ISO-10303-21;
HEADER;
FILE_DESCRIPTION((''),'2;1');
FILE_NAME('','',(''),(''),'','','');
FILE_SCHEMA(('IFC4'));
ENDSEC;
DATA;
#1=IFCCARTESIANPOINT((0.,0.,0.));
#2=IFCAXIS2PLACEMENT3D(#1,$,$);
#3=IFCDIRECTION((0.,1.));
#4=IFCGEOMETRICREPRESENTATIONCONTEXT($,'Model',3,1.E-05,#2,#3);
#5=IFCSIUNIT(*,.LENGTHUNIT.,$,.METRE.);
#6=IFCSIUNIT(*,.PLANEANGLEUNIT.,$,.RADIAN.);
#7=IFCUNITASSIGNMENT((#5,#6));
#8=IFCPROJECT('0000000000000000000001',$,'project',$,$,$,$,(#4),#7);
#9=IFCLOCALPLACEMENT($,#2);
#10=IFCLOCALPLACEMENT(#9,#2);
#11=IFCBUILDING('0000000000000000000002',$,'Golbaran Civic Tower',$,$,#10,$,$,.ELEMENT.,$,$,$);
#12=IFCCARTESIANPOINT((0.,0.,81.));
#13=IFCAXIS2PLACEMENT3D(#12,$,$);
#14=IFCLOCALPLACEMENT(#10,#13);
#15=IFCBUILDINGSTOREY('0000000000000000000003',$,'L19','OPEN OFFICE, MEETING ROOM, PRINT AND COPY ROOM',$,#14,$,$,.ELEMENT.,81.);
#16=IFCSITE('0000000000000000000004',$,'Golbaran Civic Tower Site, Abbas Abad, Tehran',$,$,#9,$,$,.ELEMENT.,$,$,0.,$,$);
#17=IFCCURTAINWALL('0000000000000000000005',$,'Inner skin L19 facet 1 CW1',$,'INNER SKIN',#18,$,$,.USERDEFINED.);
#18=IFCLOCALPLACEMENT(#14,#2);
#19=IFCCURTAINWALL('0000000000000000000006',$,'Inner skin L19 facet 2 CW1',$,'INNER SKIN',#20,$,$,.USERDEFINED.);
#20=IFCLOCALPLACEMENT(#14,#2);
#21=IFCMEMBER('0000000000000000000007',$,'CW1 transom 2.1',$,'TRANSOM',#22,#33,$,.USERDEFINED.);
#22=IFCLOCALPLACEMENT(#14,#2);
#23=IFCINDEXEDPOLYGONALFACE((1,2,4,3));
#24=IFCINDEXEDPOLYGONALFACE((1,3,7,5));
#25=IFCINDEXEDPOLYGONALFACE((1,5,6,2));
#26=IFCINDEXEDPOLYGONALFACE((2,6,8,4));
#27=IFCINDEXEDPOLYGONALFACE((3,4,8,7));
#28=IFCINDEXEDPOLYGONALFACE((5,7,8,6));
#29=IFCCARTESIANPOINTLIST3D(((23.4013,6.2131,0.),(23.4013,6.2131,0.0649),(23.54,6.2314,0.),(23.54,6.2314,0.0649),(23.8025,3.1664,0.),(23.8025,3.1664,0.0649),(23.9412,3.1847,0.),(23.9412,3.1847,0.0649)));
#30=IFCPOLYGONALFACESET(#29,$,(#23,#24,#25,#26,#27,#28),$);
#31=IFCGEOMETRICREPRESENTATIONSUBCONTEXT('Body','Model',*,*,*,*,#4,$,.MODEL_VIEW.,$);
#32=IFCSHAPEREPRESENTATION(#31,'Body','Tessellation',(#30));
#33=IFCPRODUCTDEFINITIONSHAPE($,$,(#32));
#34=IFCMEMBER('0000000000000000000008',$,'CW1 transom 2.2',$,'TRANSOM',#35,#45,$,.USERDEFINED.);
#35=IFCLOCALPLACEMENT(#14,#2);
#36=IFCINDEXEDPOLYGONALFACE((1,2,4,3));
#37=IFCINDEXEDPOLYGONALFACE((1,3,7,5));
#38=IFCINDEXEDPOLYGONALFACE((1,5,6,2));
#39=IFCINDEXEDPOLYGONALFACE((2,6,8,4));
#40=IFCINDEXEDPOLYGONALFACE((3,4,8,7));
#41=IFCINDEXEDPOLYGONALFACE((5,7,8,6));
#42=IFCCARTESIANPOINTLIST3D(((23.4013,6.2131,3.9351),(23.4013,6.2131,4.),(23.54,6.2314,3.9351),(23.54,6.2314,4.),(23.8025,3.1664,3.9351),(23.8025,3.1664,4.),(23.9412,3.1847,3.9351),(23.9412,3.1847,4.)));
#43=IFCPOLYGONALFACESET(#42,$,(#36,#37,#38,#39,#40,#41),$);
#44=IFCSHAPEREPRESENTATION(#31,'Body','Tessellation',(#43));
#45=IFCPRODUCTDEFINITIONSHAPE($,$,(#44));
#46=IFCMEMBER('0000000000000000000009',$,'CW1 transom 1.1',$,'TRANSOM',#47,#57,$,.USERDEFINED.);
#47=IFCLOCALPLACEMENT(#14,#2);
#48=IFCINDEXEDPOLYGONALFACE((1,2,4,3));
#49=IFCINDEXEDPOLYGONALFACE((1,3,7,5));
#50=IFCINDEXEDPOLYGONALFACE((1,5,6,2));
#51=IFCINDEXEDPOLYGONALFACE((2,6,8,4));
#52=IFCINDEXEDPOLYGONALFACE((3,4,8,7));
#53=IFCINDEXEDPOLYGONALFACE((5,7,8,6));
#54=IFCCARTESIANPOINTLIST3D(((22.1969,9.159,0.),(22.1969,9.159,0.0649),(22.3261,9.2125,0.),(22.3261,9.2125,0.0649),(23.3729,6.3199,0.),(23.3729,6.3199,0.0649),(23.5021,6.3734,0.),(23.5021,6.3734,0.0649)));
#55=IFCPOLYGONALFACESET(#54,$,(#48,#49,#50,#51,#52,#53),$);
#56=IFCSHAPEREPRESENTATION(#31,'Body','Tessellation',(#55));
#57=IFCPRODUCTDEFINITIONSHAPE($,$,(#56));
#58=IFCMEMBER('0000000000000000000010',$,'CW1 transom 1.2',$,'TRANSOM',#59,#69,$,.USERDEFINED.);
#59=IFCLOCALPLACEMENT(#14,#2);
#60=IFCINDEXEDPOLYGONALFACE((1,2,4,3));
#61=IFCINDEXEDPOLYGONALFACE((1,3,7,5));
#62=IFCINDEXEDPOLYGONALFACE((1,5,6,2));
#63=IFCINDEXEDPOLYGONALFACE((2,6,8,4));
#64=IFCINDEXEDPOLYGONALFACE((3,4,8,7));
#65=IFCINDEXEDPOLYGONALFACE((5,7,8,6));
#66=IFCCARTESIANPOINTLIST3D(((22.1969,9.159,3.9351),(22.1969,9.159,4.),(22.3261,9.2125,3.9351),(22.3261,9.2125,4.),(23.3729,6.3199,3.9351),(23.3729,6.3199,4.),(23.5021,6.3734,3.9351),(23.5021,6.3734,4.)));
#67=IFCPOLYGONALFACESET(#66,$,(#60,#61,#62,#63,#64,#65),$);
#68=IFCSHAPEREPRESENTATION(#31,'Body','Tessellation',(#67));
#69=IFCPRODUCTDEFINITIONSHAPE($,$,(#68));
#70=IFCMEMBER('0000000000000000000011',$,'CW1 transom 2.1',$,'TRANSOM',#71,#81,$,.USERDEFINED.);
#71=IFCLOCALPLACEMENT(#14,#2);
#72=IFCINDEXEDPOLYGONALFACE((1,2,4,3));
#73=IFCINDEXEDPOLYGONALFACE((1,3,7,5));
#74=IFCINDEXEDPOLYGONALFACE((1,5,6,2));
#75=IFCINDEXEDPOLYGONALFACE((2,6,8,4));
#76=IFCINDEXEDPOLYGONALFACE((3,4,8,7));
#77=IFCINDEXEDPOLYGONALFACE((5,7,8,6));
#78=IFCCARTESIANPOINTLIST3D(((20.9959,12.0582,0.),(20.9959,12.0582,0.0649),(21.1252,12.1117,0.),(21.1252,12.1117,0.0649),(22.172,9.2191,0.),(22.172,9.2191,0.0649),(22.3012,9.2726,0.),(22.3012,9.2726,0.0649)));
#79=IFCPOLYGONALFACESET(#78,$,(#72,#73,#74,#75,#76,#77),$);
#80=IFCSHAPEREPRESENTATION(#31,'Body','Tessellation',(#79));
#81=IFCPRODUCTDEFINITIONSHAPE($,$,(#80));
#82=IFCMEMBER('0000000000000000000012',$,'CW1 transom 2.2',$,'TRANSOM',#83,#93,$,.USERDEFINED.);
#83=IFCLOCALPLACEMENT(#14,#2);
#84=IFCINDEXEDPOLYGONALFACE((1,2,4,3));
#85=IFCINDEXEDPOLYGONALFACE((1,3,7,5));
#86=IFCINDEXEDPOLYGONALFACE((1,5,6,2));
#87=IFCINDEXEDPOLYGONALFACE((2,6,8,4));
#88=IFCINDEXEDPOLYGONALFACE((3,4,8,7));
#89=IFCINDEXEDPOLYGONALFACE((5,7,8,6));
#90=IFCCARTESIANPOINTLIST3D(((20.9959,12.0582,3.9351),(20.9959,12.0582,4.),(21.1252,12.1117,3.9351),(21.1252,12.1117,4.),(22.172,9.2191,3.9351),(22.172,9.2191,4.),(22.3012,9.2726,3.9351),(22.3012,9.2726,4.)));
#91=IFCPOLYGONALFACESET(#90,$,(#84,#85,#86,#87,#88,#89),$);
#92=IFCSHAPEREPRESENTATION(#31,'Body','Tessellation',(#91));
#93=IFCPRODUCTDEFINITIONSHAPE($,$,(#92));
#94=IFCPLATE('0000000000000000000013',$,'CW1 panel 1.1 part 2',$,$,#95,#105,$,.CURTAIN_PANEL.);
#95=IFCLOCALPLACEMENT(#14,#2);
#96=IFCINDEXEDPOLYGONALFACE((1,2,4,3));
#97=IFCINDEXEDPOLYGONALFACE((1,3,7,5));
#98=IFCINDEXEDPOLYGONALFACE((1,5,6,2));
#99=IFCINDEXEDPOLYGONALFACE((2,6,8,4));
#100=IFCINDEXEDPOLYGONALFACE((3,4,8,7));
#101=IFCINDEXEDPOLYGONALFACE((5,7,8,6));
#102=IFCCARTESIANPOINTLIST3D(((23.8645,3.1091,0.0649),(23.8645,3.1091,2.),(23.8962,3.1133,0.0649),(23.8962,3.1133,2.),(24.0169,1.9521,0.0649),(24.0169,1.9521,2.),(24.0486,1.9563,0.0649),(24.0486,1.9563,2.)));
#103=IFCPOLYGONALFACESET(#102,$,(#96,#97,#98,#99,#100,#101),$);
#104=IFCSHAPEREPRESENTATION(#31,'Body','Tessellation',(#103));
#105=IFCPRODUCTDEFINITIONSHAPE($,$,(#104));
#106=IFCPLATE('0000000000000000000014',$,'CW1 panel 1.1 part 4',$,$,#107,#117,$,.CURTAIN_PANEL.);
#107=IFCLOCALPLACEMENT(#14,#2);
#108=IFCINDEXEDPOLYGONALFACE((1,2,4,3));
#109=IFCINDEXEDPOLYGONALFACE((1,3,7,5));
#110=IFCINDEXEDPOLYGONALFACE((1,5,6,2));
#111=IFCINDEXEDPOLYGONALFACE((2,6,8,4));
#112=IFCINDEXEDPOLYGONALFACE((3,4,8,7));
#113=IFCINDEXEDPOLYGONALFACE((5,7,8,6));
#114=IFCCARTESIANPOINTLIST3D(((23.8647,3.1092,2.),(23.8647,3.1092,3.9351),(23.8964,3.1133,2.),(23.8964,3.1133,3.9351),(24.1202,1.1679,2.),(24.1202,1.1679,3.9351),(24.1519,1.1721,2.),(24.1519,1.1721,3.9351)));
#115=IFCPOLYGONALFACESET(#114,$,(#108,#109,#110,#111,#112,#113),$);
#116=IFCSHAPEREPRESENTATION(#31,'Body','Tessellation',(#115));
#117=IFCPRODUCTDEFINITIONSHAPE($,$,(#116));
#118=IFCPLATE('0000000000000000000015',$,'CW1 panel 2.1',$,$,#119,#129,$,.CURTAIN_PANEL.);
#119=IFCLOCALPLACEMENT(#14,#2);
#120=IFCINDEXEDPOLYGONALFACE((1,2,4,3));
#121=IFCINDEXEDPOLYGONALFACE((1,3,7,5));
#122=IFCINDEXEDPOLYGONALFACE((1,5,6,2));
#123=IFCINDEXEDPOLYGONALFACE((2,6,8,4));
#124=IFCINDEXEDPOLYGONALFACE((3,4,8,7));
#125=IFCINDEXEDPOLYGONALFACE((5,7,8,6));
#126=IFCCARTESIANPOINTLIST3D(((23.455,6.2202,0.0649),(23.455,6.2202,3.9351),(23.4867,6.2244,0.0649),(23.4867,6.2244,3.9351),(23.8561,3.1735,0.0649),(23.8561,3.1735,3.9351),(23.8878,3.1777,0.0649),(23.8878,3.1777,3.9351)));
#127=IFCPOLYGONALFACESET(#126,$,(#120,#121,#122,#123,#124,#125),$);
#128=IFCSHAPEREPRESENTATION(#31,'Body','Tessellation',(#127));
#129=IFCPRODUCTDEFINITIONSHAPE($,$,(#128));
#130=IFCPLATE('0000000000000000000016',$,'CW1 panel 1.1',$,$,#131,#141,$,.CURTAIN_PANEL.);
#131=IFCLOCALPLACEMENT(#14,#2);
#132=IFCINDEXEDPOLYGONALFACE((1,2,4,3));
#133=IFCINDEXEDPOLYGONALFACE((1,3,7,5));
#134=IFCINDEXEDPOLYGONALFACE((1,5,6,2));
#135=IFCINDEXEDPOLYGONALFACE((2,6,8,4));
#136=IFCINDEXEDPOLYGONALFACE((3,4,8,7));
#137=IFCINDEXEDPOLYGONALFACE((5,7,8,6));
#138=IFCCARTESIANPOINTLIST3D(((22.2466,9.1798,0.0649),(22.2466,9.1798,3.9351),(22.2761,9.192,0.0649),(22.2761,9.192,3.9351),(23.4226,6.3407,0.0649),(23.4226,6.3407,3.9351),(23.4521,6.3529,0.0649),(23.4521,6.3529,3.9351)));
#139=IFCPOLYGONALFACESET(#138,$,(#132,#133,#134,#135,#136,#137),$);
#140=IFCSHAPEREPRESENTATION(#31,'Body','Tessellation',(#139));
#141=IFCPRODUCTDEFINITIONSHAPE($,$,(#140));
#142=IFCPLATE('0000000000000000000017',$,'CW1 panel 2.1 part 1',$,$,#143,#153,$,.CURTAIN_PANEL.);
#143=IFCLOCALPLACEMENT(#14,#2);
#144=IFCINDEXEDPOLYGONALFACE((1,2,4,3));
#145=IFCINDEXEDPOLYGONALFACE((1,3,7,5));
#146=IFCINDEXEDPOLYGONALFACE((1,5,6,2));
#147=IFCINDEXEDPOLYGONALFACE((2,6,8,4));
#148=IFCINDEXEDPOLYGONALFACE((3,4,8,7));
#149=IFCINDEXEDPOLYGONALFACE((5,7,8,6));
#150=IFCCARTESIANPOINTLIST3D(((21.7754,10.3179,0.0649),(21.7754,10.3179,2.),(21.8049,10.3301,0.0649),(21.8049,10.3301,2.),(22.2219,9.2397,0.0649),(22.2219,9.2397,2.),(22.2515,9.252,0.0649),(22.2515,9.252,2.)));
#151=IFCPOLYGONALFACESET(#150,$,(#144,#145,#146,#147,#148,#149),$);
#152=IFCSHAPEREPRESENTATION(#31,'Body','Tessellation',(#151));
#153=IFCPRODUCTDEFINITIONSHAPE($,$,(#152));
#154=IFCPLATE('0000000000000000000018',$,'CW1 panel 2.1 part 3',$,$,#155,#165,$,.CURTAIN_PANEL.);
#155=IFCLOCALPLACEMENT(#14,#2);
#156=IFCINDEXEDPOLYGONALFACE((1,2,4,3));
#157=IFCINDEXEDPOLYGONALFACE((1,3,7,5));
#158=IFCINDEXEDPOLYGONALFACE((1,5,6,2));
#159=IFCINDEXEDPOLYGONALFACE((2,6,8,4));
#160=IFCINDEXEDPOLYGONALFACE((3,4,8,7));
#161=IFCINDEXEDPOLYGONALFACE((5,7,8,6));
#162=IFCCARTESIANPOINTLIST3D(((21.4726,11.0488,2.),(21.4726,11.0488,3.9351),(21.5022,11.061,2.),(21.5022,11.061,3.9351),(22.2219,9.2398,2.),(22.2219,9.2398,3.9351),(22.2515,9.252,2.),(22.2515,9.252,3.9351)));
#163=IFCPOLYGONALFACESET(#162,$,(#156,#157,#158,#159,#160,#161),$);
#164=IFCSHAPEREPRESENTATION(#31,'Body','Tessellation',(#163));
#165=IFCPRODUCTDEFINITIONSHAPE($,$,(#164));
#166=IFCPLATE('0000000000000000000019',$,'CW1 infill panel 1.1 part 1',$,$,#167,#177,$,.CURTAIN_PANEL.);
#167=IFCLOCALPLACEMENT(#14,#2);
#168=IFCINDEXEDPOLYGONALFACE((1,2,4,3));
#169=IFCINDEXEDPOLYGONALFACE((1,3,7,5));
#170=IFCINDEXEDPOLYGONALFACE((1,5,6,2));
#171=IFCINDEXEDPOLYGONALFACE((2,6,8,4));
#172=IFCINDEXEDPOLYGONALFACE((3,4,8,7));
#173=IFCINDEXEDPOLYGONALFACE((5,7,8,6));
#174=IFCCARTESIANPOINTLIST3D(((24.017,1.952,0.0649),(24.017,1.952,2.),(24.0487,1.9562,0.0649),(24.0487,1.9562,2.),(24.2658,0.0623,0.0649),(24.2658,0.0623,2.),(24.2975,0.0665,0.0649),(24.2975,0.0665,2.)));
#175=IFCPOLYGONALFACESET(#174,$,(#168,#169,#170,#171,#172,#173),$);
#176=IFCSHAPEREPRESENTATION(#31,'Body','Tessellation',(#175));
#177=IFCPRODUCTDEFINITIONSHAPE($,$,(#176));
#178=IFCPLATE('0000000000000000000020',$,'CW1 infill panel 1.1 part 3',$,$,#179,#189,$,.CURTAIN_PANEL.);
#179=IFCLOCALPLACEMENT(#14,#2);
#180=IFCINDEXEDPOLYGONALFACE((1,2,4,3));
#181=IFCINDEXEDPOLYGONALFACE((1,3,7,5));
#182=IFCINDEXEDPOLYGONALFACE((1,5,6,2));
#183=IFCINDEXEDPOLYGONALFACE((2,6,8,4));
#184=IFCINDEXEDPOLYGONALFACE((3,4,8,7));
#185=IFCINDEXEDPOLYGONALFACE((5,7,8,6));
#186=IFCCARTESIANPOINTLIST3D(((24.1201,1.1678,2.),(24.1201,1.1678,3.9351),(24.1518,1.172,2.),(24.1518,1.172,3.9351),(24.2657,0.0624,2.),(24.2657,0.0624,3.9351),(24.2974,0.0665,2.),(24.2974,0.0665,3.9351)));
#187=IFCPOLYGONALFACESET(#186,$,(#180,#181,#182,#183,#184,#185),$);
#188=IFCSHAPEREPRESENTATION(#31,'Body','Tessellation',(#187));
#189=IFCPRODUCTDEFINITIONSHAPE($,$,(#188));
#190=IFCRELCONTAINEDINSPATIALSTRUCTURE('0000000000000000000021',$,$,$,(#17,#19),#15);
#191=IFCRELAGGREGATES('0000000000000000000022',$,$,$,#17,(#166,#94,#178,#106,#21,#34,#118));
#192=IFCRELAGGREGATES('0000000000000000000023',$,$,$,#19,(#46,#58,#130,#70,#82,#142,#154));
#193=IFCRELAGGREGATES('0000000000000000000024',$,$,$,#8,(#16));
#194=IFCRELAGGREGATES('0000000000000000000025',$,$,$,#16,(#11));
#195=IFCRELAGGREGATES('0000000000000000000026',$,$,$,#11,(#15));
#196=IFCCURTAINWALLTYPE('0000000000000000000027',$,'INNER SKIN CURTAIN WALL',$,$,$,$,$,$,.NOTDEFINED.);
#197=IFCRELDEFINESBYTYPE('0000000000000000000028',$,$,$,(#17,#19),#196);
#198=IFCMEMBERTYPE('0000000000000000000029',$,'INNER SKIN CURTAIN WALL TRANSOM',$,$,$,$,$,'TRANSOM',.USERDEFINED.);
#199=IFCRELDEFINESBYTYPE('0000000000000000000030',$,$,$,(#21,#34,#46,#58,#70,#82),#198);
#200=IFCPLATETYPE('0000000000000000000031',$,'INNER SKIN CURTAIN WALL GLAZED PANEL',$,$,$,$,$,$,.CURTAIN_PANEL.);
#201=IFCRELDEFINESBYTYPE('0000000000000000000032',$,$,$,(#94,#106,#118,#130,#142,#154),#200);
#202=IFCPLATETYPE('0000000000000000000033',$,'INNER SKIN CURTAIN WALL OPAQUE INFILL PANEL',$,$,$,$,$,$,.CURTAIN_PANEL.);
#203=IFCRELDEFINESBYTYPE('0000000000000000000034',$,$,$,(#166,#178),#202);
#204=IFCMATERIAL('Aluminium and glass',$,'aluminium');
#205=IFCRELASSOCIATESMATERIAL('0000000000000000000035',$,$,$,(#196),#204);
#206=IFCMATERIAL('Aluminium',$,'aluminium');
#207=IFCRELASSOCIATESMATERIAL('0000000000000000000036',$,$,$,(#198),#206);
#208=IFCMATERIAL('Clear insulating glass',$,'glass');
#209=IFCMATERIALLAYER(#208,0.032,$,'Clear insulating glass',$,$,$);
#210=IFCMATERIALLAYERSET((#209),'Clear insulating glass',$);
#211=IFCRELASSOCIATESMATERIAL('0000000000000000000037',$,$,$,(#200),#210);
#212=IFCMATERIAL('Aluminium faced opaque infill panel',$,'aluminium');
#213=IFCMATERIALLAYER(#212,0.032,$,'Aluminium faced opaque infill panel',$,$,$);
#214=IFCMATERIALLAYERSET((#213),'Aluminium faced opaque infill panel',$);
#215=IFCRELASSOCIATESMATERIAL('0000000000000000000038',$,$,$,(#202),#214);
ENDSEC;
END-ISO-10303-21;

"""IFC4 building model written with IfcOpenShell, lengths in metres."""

from ifc_helpers import new_model, si_unit, direction, frame, origin, origin_2d, place, context, subcontext, project, spatial, rectangle, extrude, material, layer, layer_set, material_profile, profile_set, type_object, element, aggregate, save


model = new_model("IFC4")

# Units and contexts
model_context = context("Model", 3, precision=1e-05, world=origin(), true_north=direction((0.0, 1.0)))
body_context = subcontext(model_context, "Body", "Model", "MODEL_VIEW")
ifc_project = project(units=[si_unit("LENGTHUNIT", "METRE"), si_unit("PLANEANGLEUNIT", "RADIAN")], contexts=[model_context])

# Site, building, storey
site_placement = place(None, origin())
site = spatial("IfcSite", under=ifc_project, at=site_placement, Name="Golbaran Civic Tower Site, Abbas Abad, Tehran", CompositionType="ELEMENT", RefElevation=0.0)
building_placement = place(site_placement, origin())
building = spatial("IfcBuilding", under=site, at=building_placement, Name="Golbaran Civic Tower", CompositionType="ELEMENT")
storey_placement = place(building_placement, frame((0.0, 0.0, 81.0)))
storey = spatial("IfcBuildingStorey", under=building, at=storey_placement, Name="L19", Description="OPEN OFFICE, MEETING ROOM, PRINT AND COPY ROOM", CompositionType="ELEMENT", Elevation=81.0)

# Curtain walls
ifc_material_1 = material(Name="Aluminium and glass", Category="aluminium")
curtain_wall_type = type_object("IfcCurtainWallType", Name="INNER SKIN CURTAIN WALL", PredefinedType="NOTDEFINED", material=ifc_material_1)
curtain_wall_1_placement = place(storey_placement, origin())
curtain_wall_1 = element("IfcCurtainWall", 1, at=curtain_wall_1_placement, inside=storey, type_object=curtain_wall_type, Name="Inner skin L19 facet 1 CW1", ObjectType="INNER SKIN", PredefinedType="USERDEFINED")
ifc_material_2 = material(Name="Aluminium", Category="aluminium")
curtain_wall_2_placement = place(storey_placement, origin())
curtain_wall_2 = element("IfcCurtainWall", 2, at=curtain_wall_2_placement, inside=storey, type_object=curtain_wall_type, Name="Inner skin L19 facet 2 CW1", ObjectType="INNER SKIN", PredefinedType="USERDEFINED")

# Members
ifc_material_profile_1 = material_profile(ifc_material_2, rectangle(XDim=0.1399, YDim=0.0649, at=origin_2d()), Name="INNER SKIN CURTAIN WALL TRANSOM")
ifc_profile_set_1 = profile_set([ifc_material_profile_1], Name="Aluminium")
member_type_1 = type_object("IfcMemberType", Name="INNER SKIN CURTAIN WALL TRANSOM", ElementType="TRANSOM", PredefinedType="USERDEFINED", material=ifc_profile_set_1)
member_1_placement = place(storey_placement, frame((23.8718, 3.1755, 0.0325), z_axis=(-0.130535, 0.991444, 0.0), x_axis=(-0.991444, -0.130535, 0.0)))
member_1 = element("IfcMember", 3, at=member_1_placement, type_object=member_type_1, Name="CW1 transom 2.1", ObjectType="TRANSOM", PredefinedType="USERDEFINED", context=body_context, shape_type="SweptSolid", body=[
    extrude(rectangle(XDim=0.1399, YDim=0.0649, at=origin_2d()), origin(), (0.0, 0.0, 1.0), 3.073),
])
member_2_placement = place(storey_placement, frame((23.8718, 3.1755, 3.9675), z_axis=(-0.130535, 0.991444, 0.0), x_axis=(-0.991444, -0.130535, 0.0)))
member_2 = element("IfcMember", 4, at=member_2_placement, type_object=member_type_1, Name="CW1 transom 2.2", ObjectType="TRANSOM", PredefinedType="USERDEFINED", context=body_context, shape_type="SweptSolid", body=[
    extrude(rectangle(XDim=0.1399, YDim=0.0649, at=origin_2d()), origin(), (0.0, 0.0, 1.0), 3.073),
])
member_3_placement = place(storey_placement, frame((23.4375, 6.3467, 0.0325), z_axis=(-0.382691, 0.923876, 0.0), x_axis=(-0.923876, -0.382691, 0.0)))
member_3 = element("IfcMember", 5, at=member_3_placement, type_object=member_type_1, Name="CW1 transom 1.1", ObjectType="TRANSOM", PredefinedType="USERDEFINED", context=body_context, shape_type="SweptSolid", body=[
    extrude(rectangle(XDim=0.1399, YDim=0.0649, at=origin_2d()), origin(), (0.0, 0.0, 1.0), 3.073),
])
member_4_placement = place(storey_placement, frame((23.4375, 6.3467, 3.9675), z_axis=(-0.382691, 0.923876, 0.0), x_axis=(-0.923876, -0.382691, 0.0)))
member_4 = element("IfcMember", 6, at=member_4_placement, type_object=member_type_1, Name="CW1 transom 1.2", ObjectType="TRANSOM", PredefinedType="USERDEFINED", context=body_context, shape_type="SweptSolid", body=[
    extrude(rectangle(XDim=0.1399, YDim=0.0649, at=origin_2d()), origin(), (0.0, 0.0, 1.0), 3.073),
])
member_5_placement = place(storey_placement, frame((22.2366, 9.2458, 0.0325), z_axis=(-0.382691, 0.923876, 0.0), x_axis=(-0.923876, -0.382691, 0.0)))
member_5 = element("IfcMember", 7, at=member_5_placement, type_object=member_type_1, Name="CW1 transom 2.1", ObjectType="TRANSOM", PredefinedType="USERDEFINED", context=body_context, shape_type="SweptSolid", body=[
    extrude(rectangle(XDim=0.1399, YDim=0.0649, at=origin_2d()), origin(), (0.0, 0.0, 1.0), 3.073),
])
member_6_placement = place(storey_placement, frame((22.2366, 9.2458, 3.9675), z_axis=(-0.382691, 0.923876, 0.0), x_axis=(-0.923876, -0.382691, 0.0)))
member_6 = element("IfcMember", 8, at=member_6_placement, type_object=member_type_1, Name="CW1 transom 2.2", ObjectType="TRANSOM", PredefinedType="USERDEFINED", context=body_context, shape_type="SweptSolid", body=[
    extrude(rectangle(XDim=0.1399, YDim=0.0649, at=origin_2d()), origin(), (0.0, 0.0, 1.0), 3.073),
])

# Plates
ifc_material_3 = material(Name="Clear insulating glass", Category="glass")
ifc_layer_1 = layer(ifc_material_3, 0.032, Name="Clear insulating glass")
ifc_layer_set_1 = layer_set([ifc_layer_1], Name="Clear insulating glass")
plate_type_1 = type_object("IfcPlateType", Name="INNER SKIN CURTAIN WALL GLAZED PANEL", PredefinedType="CURTAIN_PANEL", material=ifc_layer_set_1)
plate_1_placement = place(storey_placement, frame((23.9565, 2.5327, 0.0649), z_axis=(0.0, 0.0, 1.0), x_axis=(-0.130526, 0.991445, 0.0)))
plate_1 = element("IfcPlate", 9, at=plate_1_placement, type_object=plate_type_1, Name="CW1 panel 1.1 part 2", PredefinedType="CURTAIN_PANEL", context=body_context, shape_type="SweptSolid", body=[
    extrude(rectangle(XDim=1.167, YDim=0.032, at=origin_2d()), origin(), (0.0, 0.0, 1.0), 1.9351),
])
plate_2_placement = place(storey_placement, frame((24.0083, 2.1406, 2.0), z_axis=(0.0, 0.0, 1.0), x_axis=(-0.130526, 0.991445, 0.0)))
plate_2 = element("IfcPlate", 10, at=plate_2_placement, type_object=plate_type_1, Name="CW1 panel 1.1 part 4", PredefinedType="CURTAIN_PANEL", context=body_context, shape_type="SweptSolid", body=[
    extrude(rectangle(XDim=1.958, YDim=0.032, at=origin_2d()), origin(), (0.0, 0.0, 1.0), 1.9351),
])
plate_3_placement = place(storey_placement, frame((23.6714, 4.699, 0.0649), z_axis=(0.0, 0.0, 1.0), x_axis=(-0.130526, 0.991445, 0.0)))
plate_3 = element("IfcPlate", 11, at=plate_3_placement, type_object=plate_type_1, Name="CW1 panel 2.1", PredefinedType="CURTAIN_PANEL", context=body_context, shape_type="SweptSolid", body=[
    extrude(rectangle(XDim=3.073, YDim=0.032, at=origin_2d()), origin(), (0.0, 0.0, 1.0), 3.8701),
])
plate_4_placement = place(storey_placement, frame((22.8494, 7.7664, 0.0649), z_axis=(0.0, 0.0, 1.0), x_axis=(-0.382683, 0.92388, 0.0)))
plate_4 = element("IfcPlate", 12, at=plate_4_placement, type_object=plate_type_1, Name="CW1 panel 1.1", PredefinedType="CURTAIN_PANEL", context=body_context, shape_type="SweptSolid", body=[
    extrude(rectangle(XDim=3.073, YDim=0.032, at=origin_2d()), origin(), (0.0, 0.0, 1.0), 3.8701),
])
plate_5_placement = place(storey_placement, frame((22.0134, 9.7849, 0.0649), z_axis=(0.0, 0.0, 1.0), x_axis=(-0.382683, 0.92388, 0.0)))
plate_5 = element("IfcPlate", 13, at=plate_5_placement, type_object=plate_type_1, Name="CW1 panel 2.1 part 1", PredefinedType="CURTAIN_PANEL", context=body_context, shape_type="SweptSolid", body=[
    extrude(rectangle(XDim=1.167, YDim=0.032, at=origin_2d()), origin(), (0.0, 0.0, 1.0), 1.9351),
])
plate_6_placement = place(storey_placement, frame((21.8621, 10.1504, 2.0), z_axis=(0.0, 0.0, 1.0), x_axis=(-0.382683, 0.92388, 0.0)))
plate_6 = element("IfcPlate", 14, at=plate_6_placement, type_object=plate_type_1, Name="CW1 panel 2.1 part 3", PredefinedType="CURTAIN_PANEL", context=body_context, shape_type="SweptSolid", body=[
    extrude(rectangle(XDim=1.958, YDim=0.032, at=origin_2d()), origin(), (0.0, 0.0, 1.0), 1.9351),
])
ifc_material_4 = material(Name="Aluminium faced opaque infill panel", Category="aluminium")
ifc_layer_2 = layer(ifc_material_4, 0.032, Name="Aluminium faced opaque infill panel")
ifc_layer_set_2 = layer_set([ifc_layer_2], Name="Aluminium faced opaque infill panel")
plate_type_2 = type_object("IfcPlateType", Name="INNER SKIN CURTAIN WALL OPAQUE INFILL PANEL", PredefinedType="CURTAIN_PANEL", material=ifc_layer_set_2)
plate_7_placement = place(storey_placement, frame((24.1572, 1.0093, 0.0649), z_axis=(0.0, 0.0, 1.0), x_axis=(-0.130526, 0.991445, 0.0)))
plate_7 = element("IfcPlate", 15, at=plate_7_placement, type_object=plate_type_2, Name="CW1 infill panel 1.1 part 1", PredefinedType="CURTAIN_PANEL", context=body_context, shape_type="SweptSolid", body=[
    extrude(rectangle(XDim=1.906, YDim=0.032, at=origin_2d()), origin(), (0.0, 0.0, 1.0), 1.9351),
])
plate_8_placement = place(storey_placement, frame((24.2087, 0.6172, 2.0), z_axis=(0.0, 0.0, 1.0), x_axis=(-0.130526, 0.991445, 0.0)))
plate_8 = element("IfcPlate", 16, at=plate_8_placement, type_object=plate_type_2, Name="CW1 infill panel 1.1 part 3", PredefinedType="CURTAIN_PANEL", context=body_context, shape_type="SweptSolid", body=[
    extrude(rectangle(XDim=1.115, YDim=0.032, at=origin_2d()), origin(), (0.0, 0.0, 1.0), 1.9351),
])
aggregate(curtain_wall_1, [plate_7, plate_1, plate_8, plate_2, member_1, member_2, plate_3])
aggregate(curtain_wall_2, [member_3, member_4, plate_4, member_5, member_6, plate_5, plate_6])

save(model, "model.ifc")
